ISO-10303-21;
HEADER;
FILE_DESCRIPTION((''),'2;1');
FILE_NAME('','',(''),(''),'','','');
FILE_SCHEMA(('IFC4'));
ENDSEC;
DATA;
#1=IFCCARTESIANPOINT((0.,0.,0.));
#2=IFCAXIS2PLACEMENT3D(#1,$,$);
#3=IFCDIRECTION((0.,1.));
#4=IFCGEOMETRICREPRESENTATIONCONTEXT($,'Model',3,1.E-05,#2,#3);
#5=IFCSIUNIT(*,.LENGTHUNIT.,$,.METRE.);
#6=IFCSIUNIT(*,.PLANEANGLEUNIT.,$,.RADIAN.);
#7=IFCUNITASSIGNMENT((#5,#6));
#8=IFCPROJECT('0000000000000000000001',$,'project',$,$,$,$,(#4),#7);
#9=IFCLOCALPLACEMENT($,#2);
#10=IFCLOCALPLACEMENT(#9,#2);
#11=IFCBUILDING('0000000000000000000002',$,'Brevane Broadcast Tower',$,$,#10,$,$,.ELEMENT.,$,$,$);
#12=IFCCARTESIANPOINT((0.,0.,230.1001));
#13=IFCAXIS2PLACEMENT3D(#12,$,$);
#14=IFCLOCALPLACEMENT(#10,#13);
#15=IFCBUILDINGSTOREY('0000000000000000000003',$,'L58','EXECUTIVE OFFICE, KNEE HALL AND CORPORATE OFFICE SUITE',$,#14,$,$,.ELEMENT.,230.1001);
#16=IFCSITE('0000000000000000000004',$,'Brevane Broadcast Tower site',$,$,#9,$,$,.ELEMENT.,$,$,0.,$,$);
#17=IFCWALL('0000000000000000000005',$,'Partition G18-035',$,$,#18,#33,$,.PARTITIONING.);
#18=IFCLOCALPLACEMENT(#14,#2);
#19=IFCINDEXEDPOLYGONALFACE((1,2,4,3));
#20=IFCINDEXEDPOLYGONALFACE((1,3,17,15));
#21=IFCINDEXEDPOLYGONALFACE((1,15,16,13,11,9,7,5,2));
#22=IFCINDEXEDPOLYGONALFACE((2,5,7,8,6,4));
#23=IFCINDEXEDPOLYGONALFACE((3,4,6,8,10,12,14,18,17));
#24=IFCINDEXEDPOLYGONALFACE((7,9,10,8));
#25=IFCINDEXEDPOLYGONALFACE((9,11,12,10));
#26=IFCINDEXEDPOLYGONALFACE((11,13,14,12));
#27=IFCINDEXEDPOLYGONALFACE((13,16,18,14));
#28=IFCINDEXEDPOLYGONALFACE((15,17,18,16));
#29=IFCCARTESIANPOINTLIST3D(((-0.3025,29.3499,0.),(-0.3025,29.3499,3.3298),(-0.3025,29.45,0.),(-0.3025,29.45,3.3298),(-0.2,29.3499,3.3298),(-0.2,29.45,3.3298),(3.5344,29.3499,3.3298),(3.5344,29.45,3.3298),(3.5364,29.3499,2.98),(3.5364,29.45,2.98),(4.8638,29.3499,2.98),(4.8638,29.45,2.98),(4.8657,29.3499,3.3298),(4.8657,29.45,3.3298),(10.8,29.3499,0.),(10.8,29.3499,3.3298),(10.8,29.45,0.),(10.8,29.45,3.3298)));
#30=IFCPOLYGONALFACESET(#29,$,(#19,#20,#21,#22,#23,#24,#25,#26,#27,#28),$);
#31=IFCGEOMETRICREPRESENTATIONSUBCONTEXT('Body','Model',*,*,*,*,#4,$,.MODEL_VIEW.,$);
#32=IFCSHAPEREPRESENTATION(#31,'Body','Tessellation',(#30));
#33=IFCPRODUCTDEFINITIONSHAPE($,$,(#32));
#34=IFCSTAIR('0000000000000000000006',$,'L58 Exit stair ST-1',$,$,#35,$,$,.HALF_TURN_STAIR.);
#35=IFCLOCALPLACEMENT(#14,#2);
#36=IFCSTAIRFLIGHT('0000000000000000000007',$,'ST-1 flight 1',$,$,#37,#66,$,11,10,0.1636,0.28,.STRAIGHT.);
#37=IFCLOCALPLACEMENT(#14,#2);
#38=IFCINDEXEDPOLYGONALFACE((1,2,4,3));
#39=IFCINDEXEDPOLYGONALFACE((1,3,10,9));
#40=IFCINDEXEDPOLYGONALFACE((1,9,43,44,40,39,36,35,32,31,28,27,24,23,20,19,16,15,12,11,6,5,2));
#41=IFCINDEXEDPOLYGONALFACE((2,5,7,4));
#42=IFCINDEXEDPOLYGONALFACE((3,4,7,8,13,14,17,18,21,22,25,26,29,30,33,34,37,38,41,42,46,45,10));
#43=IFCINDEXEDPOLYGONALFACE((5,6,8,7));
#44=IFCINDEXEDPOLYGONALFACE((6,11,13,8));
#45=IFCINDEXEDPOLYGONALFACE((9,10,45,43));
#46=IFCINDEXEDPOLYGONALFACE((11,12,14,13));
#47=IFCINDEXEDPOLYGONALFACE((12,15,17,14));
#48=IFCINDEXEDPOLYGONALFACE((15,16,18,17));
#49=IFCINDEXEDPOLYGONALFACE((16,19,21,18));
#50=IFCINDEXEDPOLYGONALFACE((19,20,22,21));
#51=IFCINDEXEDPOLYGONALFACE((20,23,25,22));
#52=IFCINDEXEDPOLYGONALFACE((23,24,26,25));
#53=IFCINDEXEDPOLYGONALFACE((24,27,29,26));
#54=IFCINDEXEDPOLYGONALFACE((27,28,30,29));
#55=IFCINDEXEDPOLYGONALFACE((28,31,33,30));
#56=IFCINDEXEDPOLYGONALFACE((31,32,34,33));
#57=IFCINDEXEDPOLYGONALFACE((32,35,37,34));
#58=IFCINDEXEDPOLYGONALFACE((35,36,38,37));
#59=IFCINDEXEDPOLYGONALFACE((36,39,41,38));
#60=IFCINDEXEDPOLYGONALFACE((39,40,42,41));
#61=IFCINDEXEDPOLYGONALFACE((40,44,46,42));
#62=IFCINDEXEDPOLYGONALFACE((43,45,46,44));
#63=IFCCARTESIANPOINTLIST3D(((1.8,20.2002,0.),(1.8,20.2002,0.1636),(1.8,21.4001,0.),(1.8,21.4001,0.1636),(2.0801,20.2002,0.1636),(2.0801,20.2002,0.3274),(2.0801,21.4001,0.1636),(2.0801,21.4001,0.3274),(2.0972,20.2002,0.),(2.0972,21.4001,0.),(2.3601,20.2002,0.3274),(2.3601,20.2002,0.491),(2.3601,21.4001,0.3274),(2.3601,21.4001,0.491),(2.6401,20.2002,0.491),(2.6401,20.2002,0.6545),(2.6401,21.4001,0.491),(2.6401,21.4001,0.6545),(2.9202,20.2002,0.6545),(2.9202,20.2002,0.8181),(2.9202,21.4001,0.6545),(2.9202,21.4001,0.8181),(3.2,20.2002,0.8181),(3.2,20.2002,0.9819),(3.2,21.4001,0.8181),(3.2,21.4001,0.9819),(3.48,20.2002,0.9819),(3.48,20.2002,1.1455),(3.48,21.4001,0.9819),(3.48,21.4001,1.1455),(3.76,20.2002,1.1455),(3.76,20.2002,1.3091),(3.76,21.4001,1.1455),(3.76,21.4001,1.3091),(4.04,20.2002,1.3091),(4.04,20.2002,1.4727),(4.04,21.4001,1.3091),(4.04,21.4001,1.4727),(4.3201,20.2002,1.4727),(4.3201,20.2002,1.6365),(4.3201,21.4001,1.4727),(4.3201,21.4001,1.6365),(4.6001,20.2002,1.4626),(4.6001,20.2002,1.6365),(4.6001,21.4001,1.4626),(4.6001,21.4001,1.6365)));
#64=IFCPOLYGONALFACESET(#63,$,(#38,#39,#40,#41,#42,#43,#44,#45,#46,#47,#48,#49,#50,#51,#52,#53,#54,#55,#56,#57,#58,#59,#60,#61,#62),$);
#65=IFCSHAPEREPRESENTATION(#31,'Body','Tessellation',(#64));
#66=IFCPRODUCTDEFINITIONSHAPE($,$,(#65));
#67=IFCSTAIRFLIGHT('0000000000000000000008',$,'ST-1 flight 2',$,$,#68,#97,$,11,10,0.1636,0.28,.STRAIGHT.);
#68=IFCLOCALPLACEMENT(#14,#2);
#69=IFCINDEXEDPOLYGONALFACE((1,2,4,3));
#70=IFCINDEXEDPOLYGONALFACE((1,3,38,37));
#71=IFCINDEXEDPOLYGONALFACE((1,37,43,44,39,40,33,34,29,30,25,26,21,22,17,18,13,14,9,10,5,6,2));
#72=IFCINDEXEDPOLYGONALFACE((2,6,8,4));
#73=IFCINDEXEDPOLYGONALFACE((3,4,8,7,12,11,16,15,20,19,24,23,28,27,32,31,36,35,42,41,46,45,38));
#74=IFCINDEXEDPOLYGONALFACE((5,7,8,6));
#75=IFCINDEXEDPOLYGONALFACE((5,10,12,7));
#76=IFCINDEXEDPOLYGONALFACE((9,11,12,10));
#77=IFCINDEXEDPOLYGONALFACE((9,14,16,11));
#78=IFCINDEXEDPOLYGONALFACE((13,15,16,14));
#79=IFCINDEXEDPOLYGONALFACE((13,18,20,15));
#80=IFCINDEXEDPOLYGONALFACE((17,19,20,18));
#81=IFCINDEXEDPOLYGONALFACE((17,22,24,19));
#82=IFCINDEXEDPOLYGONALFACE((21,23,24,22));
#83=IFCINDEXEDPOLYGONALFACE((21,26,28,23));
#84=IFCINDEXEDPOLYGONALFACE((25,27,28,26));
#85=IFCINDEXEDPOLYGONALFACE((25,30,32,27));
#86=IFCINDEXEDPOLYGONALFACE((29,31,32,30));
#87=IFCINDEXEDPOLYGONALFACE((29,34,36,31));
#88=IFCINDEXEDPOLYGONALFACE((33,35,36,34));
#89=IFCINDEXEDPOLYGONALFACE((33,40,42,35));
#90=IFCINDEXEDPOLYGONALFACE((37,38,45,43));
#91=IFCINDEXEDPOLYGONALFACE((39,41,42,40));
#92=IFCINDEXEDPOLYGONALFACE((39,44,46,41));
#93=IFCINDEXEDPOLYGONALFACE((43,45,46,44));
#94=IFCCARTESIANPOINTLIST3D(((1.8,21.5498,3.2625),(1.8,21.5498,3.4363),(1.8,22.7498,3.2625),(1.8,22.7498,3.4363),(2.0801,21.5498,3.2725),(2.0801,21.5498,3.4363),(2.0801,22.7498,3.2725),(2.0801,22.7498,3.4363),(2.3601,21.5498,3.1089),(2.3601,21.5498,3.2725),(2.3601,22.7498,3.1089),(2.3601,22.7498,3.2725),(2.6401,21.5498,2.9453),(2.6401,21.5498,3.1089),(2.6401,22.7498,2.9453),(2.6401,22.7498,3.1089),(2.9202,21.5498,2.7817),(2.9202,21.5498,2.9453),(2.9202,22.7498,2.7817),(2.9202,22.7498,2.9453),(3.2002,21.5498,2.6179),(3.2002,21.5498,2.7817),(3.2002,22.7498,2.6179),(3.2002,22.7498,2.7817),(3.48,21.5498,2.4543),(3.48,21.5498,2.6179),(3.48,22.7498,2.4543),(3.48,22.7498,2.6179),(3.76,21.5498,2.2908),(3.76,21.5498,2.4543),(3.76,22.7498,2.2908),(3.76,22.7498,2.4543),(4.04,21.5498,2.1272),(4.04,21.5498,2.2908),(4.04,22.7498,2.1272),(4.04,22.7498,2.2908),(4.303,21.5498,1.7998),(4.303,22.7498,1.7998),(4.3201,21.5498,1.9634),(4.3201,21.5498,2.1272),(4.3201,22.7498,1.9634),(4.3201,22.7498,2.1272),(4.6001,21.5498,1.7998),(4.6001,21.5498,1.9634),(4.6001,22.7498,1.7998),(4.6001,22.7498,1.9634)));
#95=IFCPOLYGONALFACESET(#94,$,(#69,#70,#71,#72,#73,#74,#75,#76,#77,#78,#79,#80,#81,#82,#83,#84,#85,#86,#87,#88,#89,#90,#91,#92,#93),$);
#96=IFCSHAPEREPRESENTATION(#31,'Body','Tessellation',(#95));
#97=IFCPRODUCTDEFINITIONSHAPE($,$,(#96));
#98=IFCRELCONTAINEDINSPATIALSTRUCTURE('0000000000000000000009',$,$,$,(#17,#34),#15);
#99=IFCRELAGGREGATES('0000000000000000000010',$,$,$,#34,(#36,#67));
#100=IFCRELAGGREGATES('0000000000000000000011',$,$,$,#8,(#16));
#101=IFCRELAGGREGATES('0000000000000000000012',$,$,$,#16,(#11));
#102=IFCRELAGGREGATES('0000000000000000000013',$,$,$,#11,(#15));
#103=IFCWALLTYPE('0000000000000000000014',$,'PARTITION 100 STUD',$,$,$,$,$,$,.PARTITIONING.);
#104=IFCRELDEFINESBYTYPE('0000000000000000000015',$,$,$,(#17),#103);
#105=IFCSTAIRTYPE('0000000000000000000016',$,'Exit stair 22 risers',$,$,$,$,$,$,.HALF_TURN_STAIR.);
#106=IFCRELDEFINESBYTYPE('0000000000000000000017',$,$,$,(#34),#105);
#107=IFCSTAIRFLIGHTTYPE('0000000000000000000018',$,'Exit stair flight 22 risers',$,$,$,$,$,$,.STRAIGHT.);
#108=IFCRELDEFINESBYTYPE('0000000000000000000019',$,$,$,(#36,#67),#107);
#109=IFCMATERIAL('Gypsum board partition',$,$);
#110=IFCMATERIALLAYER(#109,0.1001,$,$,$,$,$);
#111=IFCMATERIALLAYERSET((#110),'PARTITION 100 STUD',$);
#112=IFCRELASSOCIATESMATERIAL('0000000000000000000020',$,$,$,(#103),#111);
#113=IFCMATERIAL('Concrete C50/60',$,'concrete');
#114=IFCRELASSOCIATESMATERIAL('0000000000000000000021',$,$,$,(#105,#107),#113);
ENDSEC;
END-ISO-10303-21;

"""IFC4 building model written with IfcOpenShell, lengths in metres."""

from ifc_helpers import new_model, si_unit, direction, frame, origin, place, context, subcontext, project, spatial, polyline, outline, extrude, material, layer, layer_set, type_object, element, aggregate, save


model = new_model("IFC4")

# Units and contexts
model_context = context("Model", 3, precision=1e-05, world=origin(), true_north=direction((0.0, 1.0)))
body_context = subcontext(model_context, "Body", "Model", "MODEL_VIEW")
ifc_project = project(units=[si_unit("LENGTHUNIT", "METRE"), si_unit("PLANEANGLEUNIT", "RADIAN")], contexts=[model_context])

# Site, building, storey
site_placement = place(None, origin())
site = spatial("IfcSite", under=ifc_project, at=site_placement, Name="Brevane Broadcast Tower site", CompositionType="ELEMENT", RefElevation=0.0)
building_placement = place(site_placement, origin())
building = spatial("IfcBuilding", under=site, at=building_placement, Name="Brevane Broadcast Tower", CompositionType="ELEMENT")
storey_placement = place(building_placement, frame((0.0, 0.0, 230.1001)))
storey = spatial("IfcBuildingStorey", under=building, at=storey_placement, Name="L58", Description="EXECUTIVE OFFICE, KNEE HALL AND CORPORATE OFFICE SUITE", CompositionType="ELEMENT", Elevation=230.1001)

# Shared definitions
ifc_material_1 = material(Name="Concrete C50/60", Category="concrete")

# Wall
ifc_material_2 = material(Name="Gypsum board partition")
ifc_layer_1 = layer(ifc_material_2, 0.1001)
ifc_layer_set_1 = layer_set([ifc_layer_1], Name="PARTITION 100 STUD")
wall_type_1 = type_object("IfcWallType", Name="PARTITION 100 STUD", PredefinedType="PARTITIONING", material=ifc_layer_set_1)
wall_1_placement = place(storey_placement, frame((-0.3025, 29.3999, 0.0), z_axis=(0.0, 0.0, 1.0), x_axis=(1.0, 0.0, 0.0)))
element("IfcWall", 1, at=wall_1_placement, inside=storey, type_object=wall_type_1, Name="Partition G18-035", PredefinedType="PARTITIONING", context=body_context, shape_type="SweptSolid", body=[
    extrude(outline(polyline([(0.0, 0.0), (11.1025, 0.0), (11.1025, 3.3298), (5.1682, 3.3298), (5.1663, 2.98), (3.8389, 2.98), (3.8369, 3.3298), (0.1025, 3.3298), (0.0, 3.3298), (0.0, 0.0)])), frame((0.0, 0.05, 0.0), z_axis=(0.0, -1.0, 0.0), x_axis=(1.0, 0.0, 0.0)), (0.0, 0.0, 1.0), 0.1001),
])

# Stair, stair flights
stair_type = type_object("IfcStairType", Name="Exit stair 22 risers", PredefinedType="HALF_TURN_STAIR", material=ifc_material_1)
stair_placement = place(storey_placement, origin())
stair = element("IfcStair", 2, at=stair_placement, inside=storey, type_object=stair_type, Name="L58 Exit stair ST-1", PredefinedType="HALF_TURN_STAIR")
stair_flight_type = type_object("IfcStairFlightType", Name="Exit stair flight 22 risers", PredefinedType="STRAIGHT", material=ifc_material_1)
stair_flight_1_placement = place(storey_placement, frame((1.8, 20.8, 0.0), z_axis=(0.0, 0.0, 1.0), x_axis=(1.0, 0.0, 0.0)))
stair_flight_1 = element("IfcStairFlight", 3, at=stair_flight_1_placement, type_object=stair_flight_type, Name="ST-1 flight 1", NumberOfRisers=11, NumberOfTreads=10, PredefinedType="STRAIGHT", RiserHeight=0.1636, TreadLength=0.28, context=body_context, shape_type="SweptSolid", body=[
    extrude(outline(polyline([(0.0, 0.0), (0.0, 0.1636), (0.28, 0.1636), (0.28, 0.3274), (0.5601, 0.3274), (0.5601, 0.491), (0.8401, 0.491), (0.8401, 0.6545), (1.1201, 0.6545), (1.1201, 0.8181), (1.3999, 0.8181), (1.3999, 0.9819), (1.6799, 0.9819), (1.6799, 1.1455), (1.96, 1.1455), (1.96, 1.3091), (2.24, 1.3091), (2.24, 1.4727), (2.52, 1.4727), (2.52, 1.6365), (2.8, 1.6365), (2.8, 1.8), (2.8, 1.4626), (0.2971, 0.0), (0.0, 0.0)])), frame((0.0, 0.6001, 0.0), z_axis=(0.0, -1.0, 0.0), x_axis=(1.0, 0.0, 0.0)), (0.0, 0.0, 1.0), 1.2),
])
stair_flight_2_placement = place(storey_placement, frame((4.6001, 22.1499, 1.7998), z_axis=(0.0, 0.0, 1.0), x_axis=(-1.0, 0.0, 0.0)))
stair_flight_2 = element("IfcStairFlight", 4, at=stair_flight_2_placement, type_object=stair_flight_type, Name="ST-1 flight 2", NumberOfRisers=11, NumberOfTreads=10, PredefinedType="STRAIGHT", RiserHeight=0.1636, TreadLength=0.28, context=body_context, shape_type="SweptSolid", body=[
    extrude(outline(polyline([(0.0, 0.0), (0.0, 0.1636), (0.28, 0.1636), (0.28, 0.3274), (0.5601, 0.3274), (0.5601, 0.491), (0.8401, 0.491), (0.8401, 0.6545), (1.1201, 0.6545), (1.1201, 0.8181), (1.3999, 0.8181), (1.3999, 0.9819), (1.6799, 0.9819), (1.6799, 1.1455), (1.96, 1.1455), (1.96, 1.3091), (2.24, 1.3091), (2.24, 1.4727), (2.52, 1.4727), (2.52, 1.6365), (2.8, 1.6365), (2.8, 1.8), (2.8, 1.4626), (0.2971, 0.0), (0.0, 0.0)])), frame((0.0, 0.6001, 0.0), z_axis=(0.0, -1.0, 0.0), x_axis=(1.0, 0.0, 0.0)), (0.0, 0.0, 1.0), 1.2),
])
aggregate(stair, [stair_flight_1, stair_flight_2])

save(model, "model.ifc")
